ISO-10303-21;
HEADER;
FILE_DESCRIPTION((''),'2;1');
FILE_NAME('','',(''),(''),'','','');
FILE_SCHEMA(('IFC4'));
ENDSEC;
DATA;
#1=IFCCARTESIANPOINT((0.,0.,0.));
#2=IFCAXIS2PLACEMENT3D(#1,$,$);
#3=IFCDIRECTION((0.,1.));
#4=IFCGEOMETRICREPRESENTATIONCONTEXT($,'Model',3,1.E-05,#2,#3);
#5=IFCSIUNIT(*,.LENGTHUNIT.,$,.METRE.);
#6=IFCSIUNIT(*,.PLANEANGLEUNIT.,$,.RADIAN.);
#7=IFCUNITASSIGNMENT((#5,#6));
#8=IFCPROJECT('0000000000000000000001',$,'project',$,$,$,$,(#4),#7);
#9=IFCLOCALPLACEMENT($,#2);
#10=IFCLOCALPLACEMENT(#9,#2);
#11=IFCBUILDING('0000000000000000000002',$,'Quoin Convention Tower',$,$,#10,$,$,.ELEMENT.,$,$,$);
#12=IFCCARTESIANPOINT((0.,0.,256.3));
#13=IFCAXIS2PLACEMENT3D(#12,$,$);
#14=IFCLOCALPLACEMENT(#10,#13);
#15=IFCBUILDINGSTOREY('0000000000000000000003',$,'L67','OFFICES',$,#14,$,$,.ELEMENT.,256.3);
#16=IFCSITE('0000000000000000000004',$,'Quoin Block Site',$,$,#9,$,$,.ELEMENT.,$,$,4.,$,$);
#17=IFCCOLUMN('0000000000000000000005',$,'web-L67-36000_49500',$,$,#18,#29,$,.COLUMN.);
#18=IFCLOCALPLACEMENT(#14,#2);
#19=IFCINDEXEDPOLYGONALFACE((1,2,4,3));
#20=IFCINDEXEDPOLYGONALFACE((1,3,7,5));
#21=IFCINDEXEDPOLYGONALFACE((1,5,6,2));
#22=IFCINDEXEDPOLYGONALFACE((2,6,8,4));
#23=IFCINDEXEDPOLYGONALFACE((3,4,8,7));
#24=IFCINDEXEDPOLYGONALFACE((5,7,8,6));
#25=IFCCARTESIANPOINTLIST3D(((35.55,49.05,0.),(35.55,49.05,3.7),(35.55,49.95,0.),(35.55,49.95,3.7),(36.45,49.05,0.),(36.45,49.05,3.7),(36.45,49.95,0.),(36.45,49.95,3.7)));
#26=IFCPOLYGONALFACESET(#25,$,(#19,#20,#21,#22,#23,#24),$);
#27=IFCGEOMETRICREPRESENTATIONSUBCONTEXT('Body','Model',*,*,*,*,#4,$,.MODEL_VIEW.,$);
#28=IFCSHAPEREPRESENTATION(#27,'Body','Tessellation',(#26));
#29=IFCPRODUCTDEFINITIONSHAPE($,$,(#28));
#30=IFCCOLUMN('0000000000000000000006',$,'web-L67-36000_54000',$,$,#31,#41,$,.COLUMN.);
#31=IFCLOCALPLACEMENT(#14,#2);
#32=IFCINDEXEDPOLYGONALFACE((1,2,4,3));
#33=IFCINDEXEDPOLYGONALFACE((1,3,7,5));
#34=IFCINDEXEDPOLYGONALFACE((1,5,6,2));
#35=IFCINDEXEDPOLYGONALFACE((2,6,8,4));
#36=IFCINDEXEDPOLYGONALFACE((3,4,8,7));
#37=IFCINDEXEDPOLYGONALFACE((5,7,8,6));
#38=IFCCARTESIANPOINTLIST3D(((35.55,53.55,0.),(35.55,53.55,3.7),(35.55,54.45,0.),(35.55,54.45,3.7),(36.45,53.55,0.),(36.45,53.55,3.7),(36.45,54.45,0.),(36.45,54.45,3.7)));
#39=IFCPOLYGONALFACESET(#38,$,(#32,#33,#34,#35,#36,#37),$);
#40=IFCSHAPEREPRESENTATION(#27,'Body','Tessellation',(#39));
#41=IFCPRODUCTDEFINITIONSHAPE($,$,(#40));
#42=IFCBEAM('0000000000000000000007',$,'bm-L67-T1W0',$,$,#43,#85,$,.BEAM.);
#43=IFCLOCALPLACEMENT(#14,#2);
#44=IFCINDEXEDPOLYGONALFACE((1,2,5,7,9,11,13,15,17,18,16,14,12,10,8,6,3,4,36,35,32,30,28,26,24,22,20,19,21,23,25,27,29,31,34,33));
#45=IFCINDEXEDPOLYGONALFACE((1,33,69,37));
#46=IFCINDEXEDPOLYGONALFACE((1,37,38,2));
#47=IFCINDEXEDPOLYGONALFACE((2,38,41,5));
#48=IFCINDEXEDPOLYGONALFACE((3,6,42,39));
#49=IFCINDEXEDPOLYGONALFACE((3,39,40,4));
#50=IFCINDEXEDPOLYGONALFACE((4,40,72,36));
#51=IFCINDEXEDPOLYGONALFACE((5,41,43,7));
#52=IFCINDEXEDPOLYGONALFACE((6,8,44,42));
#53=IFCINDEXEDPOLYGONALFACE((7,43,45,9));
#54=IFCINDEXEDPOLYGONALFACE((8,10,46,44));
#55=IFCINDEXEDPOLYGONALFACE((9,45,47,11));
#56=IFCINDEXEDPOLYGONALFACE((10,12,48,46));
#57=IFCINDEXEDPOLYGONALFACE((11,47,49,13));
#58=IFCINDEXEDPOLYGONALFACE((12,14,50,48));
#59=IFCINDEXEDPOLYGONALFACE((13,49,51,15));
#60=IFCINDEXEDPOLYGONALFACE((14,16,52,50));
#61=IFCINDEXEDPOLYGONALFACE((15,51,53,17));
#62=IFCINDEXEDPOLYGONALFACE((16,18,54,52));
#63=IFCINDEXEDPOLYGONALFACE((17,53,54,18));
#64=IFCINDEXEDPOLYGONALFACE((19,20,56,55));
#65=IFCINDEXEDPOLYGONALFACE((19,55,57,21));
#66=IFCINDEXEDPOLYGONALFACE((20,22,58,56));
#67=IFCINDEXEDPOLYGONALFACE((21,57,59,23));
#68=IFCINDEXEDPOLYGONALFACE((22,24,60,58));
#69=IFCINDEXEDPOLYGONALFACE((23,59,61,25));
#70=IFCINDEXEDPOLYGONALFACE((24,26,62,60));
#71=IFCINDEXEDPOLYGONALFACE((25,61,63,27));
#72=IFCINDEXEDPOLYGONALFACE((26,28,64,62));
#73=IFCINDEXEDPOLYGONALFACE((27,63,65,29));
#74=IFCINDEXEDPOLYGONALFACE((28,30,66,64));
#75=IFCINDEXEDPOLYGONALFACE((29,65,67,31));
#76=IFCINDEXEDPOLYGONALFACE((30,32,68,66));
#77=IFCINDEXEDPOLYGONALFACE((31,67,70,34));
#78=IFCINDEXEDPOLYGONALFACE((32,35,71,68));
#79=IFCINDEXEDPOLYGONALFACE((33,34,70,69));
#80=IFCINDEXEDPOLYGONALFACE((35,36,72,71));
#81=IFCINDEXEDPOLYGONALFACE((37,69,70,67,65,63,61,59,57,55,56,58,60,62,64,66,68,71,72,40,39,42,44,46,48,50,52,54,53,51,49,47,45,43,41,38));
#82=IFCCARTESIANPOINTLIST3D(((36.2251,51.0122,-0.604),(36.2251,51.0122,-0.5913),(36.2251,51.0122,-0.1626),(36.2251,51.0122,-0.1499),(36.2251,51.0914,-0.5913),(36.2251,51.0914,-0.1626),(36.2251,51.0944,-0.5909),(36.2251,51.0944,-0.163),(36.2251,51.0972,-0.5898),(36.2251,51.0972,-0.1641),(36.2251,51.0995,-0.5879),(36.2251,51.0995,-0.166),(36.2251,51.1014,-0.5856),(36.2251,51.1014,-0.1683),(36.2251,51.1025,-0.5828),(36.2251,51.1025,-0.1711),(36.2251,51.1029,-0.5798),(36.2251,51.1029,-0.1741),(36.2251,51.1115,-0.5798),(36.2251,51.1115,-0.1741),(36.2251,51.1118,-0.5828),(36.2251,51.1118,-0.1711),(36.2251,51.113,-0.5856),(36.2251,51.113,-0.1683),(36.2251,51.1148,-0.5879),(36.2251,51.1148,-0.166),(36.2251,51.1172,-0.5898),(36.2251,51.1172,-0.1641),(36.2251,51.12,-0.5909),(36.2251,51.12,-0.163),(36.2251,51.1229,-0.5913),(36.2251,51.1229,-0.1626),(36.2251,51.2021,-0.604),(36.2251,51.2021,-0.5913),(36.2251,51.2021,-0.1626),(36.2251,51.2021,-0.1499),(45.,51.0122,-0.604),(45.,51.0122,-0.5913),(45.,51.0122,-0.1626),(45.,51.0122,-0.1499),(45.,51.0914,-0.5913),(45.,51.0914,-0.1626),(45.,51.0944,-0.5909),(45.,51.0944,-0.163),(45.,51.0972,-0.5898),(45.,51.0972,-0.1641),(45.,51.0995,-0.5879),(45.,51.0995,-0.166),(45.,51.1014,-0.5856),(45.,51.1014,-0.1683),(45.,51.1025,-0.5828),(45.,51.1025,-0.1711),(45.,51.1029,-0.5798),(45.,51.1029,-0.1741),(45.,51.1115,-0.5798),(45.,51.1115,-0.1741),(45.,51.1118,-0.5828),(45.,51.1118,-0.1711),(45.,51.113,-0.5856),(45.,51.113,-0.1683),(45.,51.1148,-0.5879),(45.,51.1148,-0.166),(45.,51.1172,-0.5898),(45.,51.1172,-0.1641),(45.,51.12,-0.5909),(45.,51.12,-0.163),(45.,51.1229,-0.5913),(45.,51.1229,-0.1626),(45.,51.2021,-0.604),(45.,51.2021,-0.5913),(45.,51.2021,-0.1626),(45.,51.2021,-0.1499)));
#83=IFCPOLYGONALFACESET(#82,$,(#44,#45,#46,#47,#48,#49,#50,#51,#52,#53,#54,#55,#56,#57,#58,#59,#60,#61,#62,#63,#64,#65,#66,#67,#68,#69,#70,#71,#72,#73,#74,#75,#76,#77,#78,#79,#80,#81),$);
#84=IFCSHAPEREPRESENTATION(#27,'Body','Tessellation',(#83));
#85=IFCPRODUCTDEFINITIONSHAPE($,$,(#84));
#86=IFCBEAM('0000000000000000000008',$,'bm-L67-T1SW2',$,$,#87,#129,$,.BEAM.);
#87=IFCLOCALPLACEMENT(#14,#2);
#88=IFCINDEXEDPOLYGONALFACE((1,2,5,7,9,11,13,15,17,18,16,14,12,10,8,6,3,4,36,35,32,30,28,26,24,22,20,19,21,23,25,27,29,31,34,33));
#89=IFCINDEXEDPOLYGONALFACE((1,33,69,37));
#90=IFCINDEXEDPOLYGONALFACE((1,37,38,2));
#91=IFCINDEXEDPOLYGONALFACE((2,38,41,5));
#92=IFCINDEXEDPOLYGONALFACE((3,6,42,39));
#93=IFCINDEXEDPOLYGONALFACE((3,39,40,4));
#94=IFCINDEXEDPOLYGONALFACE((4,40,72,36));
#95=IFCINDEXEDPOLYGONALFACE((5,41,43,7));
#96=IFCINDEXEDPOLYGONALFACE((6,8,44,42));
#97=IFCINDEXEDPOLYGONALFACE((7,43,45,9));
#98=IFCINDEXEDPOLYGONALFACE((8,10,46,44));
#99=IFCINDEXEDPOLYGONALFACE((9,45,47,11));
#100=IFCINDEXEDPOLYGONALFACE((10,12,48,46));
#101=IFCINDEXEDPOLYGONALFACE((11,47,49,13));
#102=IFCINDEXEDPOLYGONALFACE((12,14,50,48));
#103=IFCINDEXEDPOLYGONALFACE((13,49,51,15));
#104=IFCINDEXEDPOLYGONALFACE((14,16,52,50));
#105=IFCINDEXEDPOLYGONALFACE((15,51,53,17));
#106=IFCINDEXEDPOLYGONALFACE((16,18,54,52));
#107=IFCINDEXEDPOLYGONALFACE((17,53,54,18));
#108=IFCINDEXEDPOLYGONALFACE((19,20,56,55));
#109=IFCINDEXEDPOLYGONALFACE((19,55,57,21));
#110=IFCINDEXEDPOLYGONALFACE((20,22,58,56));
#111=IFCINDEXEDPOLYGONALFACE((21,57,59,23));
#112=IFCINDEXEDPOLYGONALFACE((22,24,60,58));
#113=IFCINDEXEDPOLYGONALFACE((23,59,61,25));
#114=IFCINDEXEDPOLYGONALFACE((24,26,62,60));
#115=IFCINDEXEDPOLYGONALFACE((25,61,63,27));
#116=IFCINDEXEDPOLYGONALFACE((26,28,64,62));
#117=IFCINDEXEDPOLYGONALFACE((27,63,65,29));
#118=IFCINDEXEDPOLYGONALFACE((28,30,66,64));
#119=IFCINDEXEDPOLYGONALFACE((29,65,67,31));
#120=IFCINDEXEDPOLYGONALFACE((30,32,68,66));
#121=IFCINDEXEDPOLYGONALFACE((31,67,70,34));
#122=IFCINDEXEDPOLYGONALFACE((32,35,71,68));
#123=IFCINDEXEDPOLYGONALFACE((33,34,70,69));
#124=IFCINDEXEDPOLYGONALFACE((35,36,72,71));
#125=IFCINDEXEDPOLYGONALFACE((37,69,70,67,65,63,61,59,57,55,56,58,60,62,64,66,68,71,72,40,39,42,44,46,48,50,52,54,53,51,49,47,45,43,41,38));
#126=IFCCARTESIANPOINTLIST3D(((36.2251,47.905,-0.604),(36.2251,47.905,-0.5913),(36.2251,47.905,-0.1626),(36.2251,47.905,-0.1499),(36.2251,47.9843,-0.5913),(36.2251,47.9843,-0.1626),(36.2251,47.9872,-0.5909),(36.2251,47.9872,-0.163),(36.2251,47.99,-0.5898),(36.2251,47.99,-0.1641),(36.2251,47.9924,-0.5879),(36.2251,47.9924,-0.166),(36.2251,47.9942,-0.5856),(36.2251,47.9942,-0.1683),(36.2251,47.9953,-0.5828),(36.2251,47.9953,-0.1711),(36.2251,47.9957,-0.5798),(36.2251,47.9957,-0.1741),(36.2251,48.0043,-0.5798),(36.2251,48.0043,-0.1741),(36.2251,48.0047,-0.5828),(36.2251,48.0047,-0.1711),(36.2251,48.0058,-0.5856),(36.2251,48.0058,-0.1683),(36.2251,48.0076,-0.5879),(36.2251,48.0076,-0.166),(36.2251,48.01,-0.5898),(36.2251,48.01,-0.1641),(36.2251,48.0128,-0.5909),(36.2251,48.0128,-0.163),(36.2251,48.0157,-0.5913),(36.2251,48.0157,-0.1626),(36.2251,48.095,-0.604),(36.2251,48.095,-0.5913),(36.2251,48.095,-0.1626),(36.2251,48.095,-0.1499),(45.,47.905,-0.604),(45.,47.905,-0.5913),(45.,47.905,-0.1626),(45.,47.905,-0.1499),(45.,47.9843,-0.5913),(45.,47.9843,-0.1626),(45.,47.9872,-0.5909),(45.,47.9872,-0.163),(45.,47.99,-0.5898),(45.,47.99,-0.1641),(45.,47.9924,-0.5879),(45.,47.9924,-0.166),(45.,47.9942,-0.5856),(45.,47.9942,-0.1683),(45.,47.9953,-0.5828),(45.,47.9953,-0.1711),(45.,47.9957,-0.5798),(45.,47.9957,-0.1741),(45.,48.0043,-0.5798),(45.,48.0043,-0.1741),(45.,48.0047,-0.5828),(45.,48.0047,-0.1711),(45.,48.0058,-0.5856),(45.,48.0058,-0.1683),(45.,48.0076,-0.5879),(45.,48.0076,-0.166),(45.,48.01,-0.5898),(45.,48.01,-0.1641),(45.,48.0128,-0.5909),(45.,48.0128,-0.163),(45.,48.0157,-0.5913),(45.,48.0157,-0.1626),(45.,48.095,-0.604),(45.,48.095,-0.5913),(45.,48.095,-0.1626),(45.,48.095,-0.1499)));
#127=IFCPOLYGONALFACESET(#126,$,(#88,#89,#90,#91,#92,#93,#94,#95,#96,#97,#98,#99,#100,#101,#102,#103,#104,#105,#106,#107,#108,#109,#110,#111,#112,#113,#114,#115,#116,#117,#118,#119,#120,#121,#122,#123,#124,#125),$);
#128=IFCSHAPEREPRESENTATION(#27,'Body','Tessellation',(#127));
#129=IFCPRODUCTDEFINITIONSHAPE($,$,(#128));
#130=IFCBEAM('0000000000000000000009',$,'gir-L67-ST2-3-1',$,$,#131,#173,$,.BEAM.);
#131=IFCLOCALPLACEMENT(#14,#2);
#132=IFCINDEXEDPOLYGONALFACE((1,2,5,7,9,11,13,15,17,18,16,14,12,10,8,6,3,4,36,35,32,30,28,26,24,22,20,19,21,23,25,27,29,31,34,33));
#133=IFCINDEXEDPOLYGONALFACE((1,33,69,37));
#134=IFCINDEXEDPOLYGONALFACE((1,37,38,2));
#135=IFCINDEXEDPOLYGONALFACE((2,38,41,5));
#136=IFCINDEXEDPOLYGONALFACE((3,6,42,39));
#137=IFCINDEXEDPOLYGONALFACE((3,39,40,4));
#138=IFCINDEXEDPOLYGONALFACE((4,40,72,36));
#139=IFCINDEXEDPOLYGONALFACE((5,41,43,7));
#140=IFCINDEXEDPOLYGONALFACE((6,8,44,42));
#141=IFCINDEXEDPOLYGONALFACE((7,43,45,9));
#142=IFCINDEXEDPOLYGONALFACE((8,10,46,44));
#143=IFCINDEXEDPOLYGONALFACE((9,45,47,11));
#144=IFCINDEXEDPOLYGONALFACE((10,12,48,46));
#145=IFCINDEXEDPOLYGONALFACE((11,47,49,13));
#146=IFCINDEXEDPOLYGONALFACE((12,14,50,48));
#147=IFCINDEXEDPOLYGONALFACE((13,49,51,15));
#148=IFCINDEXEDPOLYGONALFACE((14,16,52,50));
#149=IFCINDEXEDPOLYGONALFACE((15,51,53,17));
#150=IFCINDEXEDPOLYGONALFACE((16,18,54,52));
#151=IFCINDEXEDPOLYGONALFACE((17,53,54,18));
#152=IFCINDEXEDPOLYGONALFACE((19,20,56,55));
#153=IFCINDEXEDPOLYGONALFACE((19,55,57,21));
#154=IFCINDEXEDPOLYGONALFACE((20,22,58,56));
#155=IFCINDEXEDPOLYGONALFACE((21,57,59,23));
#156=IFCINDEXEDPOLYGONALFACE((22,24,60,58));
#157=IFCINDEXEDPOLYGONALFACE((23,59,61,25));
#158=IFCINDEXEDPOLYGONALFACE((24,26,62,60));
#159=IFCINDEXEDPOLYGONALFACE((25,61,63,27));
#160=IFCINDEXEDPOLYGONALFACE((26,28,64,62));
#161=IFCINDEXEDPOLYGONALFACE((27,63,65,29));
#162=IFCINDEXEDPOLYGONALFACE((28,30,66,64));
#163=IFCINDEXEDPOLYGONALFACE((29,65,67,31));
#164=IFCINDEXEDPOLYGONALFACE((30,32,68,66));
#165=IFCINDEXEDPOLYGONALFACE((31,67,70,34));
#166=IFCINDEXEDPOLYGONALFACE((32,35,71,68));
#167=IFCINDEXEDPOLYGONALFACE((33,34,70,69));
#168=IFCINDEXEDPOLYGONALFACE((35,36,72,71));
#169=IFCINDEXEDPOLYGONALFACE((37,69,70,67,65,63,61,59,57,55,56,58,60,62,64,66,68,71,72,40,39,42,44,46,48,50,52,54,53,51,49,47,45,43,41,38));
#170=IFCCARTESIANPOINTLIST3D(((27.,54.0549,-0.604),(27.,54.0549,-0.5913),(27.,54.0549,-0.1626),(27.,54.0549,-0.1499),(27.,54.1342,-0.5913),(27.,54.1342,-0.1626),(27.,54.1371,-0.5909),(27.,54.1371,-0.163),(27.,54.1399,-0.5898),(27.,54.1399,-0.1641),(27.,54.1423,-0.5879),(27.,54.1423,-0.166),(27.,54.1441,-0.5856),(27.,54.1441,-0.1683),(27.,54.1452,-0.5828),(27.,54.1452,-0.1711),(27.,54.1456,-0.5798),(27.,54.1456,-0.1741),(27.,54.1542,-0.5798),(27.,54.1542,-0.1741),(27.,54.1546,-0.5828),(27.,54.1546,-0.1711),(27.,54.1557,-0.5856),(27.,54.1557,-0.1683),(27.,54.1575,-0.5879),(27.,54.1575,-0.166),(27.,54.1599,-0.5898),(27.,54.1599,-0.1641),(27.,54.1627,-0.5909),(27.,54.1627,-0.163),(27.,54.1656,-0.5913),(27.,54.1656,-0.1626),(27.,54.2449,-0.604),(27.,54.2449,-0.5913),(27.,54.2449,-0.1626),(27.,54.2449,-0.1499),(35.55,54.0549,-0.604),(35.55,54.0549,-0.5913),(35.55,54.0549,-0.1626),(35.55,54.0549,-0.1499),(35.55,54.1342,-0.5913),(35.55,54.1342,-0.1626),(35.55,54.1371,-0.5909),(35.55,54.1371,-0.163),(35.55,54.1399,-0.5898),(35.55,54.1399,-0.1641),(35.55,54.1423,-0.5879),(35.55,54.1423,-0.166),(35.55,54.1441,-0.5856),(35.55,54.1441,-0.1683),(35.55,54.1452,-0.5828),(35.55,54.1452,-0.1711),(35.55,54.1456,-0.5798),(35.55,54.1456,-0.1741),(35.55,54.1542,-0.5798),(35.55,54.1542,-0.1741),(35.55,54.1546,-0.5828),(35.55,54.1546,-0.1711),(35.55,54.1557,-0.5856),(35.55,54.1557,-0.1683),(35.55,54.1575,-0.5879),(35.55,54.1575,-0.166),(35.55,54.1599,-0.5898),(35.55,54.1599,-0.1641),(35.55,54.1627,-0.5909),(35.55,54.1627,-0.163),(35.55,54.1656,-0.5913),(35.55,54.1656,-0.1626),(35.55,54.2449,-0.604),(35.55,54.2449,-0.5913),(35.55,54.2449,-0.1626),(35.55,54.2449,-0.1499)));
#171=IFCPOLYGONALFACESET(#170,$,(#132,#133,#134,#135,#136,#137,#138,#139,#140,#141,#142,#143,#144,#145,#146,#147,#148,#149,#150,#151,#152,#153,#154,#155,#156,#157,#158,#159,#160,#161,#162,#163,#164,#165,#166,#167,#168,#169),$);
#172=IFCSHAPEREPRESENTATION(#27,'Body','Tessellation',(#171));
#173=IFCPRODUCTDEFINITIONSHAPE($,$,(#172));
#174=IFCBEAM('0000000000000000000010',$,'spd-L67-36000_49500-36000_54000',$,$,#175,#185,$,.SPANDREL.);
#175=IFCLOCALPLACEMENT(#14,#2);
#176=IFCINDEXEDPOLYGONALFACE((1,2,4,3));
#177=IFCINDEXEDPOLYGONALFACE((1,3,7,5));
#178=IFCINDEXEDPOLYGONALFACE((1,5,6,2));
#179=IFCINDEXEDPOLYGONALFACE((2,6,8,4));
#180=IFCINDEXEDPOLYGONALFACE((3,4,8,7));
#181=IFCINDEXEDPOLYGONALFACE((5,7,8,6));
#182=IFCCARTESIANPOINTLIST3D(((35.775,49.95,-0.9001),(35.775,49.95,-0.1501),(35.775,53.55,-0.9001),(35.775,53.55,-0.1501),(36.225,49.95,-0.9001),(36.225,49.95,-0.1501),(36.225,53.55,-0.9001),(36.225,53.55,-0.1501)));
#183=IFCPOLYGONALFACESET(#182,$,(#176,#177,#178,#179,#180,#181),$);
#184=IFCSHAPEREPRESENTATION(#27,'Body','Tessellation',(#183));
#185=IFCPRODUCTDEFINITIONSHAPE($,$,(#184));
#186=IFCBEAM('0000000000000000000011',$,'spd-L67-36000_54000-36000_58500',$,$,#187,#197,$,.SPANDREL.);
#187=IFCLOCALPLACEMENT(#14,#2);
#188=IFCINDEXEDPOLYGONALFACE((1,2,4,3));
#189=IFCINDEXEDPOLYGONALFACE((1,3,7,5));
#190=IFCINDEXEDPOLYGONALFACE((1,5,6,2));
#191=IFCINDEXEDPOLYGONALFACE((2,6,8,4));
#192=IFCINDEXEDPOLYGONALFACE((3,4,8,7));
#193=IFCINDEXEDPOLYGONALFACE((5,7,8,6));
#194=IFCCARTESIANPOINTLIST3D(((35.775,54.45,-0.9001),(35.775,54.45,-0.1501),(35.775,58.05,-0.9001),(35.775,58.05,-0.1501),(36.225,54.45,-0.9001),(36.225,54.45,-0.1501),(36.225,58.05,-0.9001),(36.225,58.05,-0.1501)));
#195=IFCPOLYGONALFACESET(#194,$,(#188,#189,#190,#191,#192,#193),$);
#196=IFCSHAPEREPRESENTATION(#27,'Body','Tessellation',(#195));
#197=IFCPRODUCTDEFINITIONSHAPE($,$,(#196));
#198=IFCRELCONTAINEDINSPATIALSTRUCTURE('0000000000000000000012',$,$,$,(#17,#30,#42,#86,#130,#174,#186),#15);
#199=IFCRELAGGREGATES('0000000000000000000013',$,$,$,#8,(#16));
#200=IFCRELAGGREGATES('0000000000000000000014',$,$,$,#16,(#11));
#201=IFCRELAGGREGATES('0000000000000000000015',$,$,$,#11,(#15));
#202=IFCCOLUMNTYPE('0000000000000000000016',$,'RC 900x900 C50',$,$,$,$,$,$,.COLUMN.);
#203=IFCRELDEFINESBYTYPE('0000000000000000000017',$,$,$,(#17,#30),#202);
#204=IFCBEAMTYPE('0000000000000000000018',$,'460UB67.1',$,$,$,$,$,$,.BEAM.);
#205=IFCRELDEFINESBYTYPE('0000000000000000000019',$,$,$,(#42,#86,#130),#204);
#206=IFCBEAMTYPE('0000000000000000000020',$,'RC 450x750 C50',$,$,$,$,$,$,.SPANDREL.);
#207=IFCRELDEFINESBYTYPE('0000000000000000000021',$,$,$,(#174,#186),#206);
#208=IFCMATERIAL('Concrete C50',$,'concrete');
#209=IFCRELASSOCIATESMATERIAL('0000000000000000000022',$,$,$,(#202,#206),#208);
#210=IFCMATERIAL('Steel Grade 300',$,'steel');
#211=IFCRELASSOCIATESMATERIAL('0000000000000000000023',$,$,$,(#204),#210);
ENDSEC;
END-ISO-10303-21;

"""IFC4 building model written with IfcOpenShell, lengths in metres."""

from ifc_helpers import new_model, si_unit, direction, frame, origin, origin_2d, place, context, subcontext, project, spatial, rectangle, i_section, extrude, material, material_profile, profile_set, type_object, element, save


model = new_model("IFC4")

# Units and contexts
model_context = context("Model", 3, precision=1e-05, world=origin(), true_north=direction((0.0, 1.0)))
body_context = subcontext(model_context, "Body", "Model", "MODEL_VIEW")
ifc_project = project(units=[si_unit("LENGTHUNIT", "METRE"), si_unit("PLANEANGLEUNIT", "RADIAN")], contexts=[model_context])

# Site, building, storey
site_placement = place(None, origin())
site = spatial("IfcSite", under=ifc_project, at=site_placement, Name="Quoin Block Site", CompositionType="ELEMENT", RefElevation=4.0)
building_placement = place(site_placement, origin())
building = spatial("IfcBuilding", under=site, at=building_placement, Name="Quoin Convention Tower", CompositionType="ELEMENT")
storey_placement = place(building_placement, frame((0.0, 0.0, 256.3)))
storey = spatial("IfcBuildingStorey", under=building, at=storey_placement, Name="L67", Description="OFFICES", CompositionType="ELEMENT", Elevation=256.3)

# Columns
ifc_material_1 = material(Name="Concrete C50", Category="concrete")
ifc_material_profile_1 = material_profile(ifc_material_1, rectangle(XDim=0.8999, YDim=0.8999, at=origin_2d()), Name="RC 900x900")
ifc_profile_set_1 = profile_set([ifc_material_profile_1], Name="Concrete C50")
column_type = type_object("IfcColumnType", Name="RC 900x900 C50", PredefinedType="COLUMN", material=ifc_profile_set_1)
for number, where, z_axis, x_axis, name in (
    (1, (36.0, 49.5, 0.0), (0.0, 0.0, 1.0), (1.0, 0.0, 0.0), "web-L67-36000_49500"),
    (2, (36.0, 54.0, 0.0), (0.0, 0.0, 1.0), (1.0, 0.0, 0.0), "web-L67-36000_54000"),
):
    element("IfcColumn", number, at=place(storey_placement, frame(where, z_axis=z_axis, x_axis=x_axis)), inside=storey, type_object=column_type, Name=name, PredefinedType="COLUMN", context=body_context, shape_type="SweptSolid", body=[
        extrude(rectangle(XDim=0.8999, YDim=0.8999, at=origin_2d()), origin(), (0.0, 0.0, 1.0), 3.7),
    ])

# Beams
ifc_material_2 = material(Name="Steel Grade 300", Category="steel")
ifc_material_profile_2 = material_profile(ifc_material_2, i_section(OverallWidth=0.1899, OverallDepth=0.4541, WebThickness=0.0085, FlangeThickness=0.0127, FilletRadius=0.0115, at=origin_2d()), Name="460UB67.1")
ifc_profile_set_2 = profile_set([ifc_material_profile_2], Name="Steel Grade 300")
beam_type_1 = type_object("IfcBeamType", Name="460UB67.1", PredefinedType="BEAM", material=ifc_profile_set_2)
for number, where, z_axis, x_axis, name in (
    (3, (36.2251, 51.1072, -0.377), (1.0, 0.0, 0.0), (0.0, 1.0, 0.0), "bm-L67-T1W0"),
    (4, (36.2251, 48.0, -0.377), (1.0, 0.0, 0.0), (0.0, 1.0, 0.0), "bm-L67-T1SW2"),
):
    element("IfcBeam", number, at=place(storey_placement, frame(where, z_axis=z_axis, x_axis=x_axis)), inside=storey, type_object=beam_type_1, Name=name, PredefinedType="BEAM", context=body_context, shape_type="SweptSolid", body=[
        extrude(i_section(OverallWidth=0.1899, OverallDepth=0.4541, WebThickness=0.0085, FlangeThickness=0.0127, FilletRadius=0.0115, at=origin_2d()), origin(), (0.0, 0.0, 1.0), 8.7749),
    ])
beam_placement = place(storey_placement, frame((27.0, 54.1499, -0.377), z_axis=(1.0, 0.0, 0.0), x_axis=(0.0, 1.0, 0.0)))
element("IfcBeam", 5, at=beam_placement, inside=storey, type_object=beam_type_1, Name="gir-L67-ST2-3-1", PredefinedType="BEAM", context=body_context, shape_type="SweptSolid", body=[
    extrude(i_section(OverallWidth=0.1899, OverallDepth=0.4541, WebThickness=0.0085, FlangeThickness=0.0127, FilletRadius=0.0115, at=origin_2d()), origin(), (0.0, 0.0, 1.0), 8.55),
])
ifc_material_profile_3 = material_profile(ifc_material_1, rectangle(XDim=0.45, YDim=0.75, at=origin_2d()), Name="RC 450x750")
ifc_profile_set_3 = profile_set([ifc_material_profile_3], Name="Concrete C50")
beam_type_2 = type_object("IfcBeamType", Name="RC 450x750 C50", PredefinedType="SPANDREL", material=ifc_profile_set_3)
for number, where, z_axis, x_axis, name in (
    (6, (36.0, 49.95, -0.5251), (0.0, 1.0, 0.0), (-1.0, 0.0, 0.0), "spd-L67-36000_49500-36000_54000"),
    (7, (36.0, 54.45, -0.5251), (0.0, 1.0, 0.0), (-1.0, 0.0, 0.0), "spd-L67-36000_54000-36000_58500"),
):
    element("IfcBeam", number, at=place(storey_placement, frame(where, z_axis=z_axis, x_axis=x_axis)), inside=storey, type_object=beam_type_2, Name=name, PredefinedType="SPANDREL", context=body_context, shape_type="SweptSolid", body=[
        extrude(rectangle(XDim=0.45, YDim=0.75, at=origin_2d()), origin(), (0.0, 0.0, 1.0), 3.6001),
    ])

save(model, "model.ifc")
